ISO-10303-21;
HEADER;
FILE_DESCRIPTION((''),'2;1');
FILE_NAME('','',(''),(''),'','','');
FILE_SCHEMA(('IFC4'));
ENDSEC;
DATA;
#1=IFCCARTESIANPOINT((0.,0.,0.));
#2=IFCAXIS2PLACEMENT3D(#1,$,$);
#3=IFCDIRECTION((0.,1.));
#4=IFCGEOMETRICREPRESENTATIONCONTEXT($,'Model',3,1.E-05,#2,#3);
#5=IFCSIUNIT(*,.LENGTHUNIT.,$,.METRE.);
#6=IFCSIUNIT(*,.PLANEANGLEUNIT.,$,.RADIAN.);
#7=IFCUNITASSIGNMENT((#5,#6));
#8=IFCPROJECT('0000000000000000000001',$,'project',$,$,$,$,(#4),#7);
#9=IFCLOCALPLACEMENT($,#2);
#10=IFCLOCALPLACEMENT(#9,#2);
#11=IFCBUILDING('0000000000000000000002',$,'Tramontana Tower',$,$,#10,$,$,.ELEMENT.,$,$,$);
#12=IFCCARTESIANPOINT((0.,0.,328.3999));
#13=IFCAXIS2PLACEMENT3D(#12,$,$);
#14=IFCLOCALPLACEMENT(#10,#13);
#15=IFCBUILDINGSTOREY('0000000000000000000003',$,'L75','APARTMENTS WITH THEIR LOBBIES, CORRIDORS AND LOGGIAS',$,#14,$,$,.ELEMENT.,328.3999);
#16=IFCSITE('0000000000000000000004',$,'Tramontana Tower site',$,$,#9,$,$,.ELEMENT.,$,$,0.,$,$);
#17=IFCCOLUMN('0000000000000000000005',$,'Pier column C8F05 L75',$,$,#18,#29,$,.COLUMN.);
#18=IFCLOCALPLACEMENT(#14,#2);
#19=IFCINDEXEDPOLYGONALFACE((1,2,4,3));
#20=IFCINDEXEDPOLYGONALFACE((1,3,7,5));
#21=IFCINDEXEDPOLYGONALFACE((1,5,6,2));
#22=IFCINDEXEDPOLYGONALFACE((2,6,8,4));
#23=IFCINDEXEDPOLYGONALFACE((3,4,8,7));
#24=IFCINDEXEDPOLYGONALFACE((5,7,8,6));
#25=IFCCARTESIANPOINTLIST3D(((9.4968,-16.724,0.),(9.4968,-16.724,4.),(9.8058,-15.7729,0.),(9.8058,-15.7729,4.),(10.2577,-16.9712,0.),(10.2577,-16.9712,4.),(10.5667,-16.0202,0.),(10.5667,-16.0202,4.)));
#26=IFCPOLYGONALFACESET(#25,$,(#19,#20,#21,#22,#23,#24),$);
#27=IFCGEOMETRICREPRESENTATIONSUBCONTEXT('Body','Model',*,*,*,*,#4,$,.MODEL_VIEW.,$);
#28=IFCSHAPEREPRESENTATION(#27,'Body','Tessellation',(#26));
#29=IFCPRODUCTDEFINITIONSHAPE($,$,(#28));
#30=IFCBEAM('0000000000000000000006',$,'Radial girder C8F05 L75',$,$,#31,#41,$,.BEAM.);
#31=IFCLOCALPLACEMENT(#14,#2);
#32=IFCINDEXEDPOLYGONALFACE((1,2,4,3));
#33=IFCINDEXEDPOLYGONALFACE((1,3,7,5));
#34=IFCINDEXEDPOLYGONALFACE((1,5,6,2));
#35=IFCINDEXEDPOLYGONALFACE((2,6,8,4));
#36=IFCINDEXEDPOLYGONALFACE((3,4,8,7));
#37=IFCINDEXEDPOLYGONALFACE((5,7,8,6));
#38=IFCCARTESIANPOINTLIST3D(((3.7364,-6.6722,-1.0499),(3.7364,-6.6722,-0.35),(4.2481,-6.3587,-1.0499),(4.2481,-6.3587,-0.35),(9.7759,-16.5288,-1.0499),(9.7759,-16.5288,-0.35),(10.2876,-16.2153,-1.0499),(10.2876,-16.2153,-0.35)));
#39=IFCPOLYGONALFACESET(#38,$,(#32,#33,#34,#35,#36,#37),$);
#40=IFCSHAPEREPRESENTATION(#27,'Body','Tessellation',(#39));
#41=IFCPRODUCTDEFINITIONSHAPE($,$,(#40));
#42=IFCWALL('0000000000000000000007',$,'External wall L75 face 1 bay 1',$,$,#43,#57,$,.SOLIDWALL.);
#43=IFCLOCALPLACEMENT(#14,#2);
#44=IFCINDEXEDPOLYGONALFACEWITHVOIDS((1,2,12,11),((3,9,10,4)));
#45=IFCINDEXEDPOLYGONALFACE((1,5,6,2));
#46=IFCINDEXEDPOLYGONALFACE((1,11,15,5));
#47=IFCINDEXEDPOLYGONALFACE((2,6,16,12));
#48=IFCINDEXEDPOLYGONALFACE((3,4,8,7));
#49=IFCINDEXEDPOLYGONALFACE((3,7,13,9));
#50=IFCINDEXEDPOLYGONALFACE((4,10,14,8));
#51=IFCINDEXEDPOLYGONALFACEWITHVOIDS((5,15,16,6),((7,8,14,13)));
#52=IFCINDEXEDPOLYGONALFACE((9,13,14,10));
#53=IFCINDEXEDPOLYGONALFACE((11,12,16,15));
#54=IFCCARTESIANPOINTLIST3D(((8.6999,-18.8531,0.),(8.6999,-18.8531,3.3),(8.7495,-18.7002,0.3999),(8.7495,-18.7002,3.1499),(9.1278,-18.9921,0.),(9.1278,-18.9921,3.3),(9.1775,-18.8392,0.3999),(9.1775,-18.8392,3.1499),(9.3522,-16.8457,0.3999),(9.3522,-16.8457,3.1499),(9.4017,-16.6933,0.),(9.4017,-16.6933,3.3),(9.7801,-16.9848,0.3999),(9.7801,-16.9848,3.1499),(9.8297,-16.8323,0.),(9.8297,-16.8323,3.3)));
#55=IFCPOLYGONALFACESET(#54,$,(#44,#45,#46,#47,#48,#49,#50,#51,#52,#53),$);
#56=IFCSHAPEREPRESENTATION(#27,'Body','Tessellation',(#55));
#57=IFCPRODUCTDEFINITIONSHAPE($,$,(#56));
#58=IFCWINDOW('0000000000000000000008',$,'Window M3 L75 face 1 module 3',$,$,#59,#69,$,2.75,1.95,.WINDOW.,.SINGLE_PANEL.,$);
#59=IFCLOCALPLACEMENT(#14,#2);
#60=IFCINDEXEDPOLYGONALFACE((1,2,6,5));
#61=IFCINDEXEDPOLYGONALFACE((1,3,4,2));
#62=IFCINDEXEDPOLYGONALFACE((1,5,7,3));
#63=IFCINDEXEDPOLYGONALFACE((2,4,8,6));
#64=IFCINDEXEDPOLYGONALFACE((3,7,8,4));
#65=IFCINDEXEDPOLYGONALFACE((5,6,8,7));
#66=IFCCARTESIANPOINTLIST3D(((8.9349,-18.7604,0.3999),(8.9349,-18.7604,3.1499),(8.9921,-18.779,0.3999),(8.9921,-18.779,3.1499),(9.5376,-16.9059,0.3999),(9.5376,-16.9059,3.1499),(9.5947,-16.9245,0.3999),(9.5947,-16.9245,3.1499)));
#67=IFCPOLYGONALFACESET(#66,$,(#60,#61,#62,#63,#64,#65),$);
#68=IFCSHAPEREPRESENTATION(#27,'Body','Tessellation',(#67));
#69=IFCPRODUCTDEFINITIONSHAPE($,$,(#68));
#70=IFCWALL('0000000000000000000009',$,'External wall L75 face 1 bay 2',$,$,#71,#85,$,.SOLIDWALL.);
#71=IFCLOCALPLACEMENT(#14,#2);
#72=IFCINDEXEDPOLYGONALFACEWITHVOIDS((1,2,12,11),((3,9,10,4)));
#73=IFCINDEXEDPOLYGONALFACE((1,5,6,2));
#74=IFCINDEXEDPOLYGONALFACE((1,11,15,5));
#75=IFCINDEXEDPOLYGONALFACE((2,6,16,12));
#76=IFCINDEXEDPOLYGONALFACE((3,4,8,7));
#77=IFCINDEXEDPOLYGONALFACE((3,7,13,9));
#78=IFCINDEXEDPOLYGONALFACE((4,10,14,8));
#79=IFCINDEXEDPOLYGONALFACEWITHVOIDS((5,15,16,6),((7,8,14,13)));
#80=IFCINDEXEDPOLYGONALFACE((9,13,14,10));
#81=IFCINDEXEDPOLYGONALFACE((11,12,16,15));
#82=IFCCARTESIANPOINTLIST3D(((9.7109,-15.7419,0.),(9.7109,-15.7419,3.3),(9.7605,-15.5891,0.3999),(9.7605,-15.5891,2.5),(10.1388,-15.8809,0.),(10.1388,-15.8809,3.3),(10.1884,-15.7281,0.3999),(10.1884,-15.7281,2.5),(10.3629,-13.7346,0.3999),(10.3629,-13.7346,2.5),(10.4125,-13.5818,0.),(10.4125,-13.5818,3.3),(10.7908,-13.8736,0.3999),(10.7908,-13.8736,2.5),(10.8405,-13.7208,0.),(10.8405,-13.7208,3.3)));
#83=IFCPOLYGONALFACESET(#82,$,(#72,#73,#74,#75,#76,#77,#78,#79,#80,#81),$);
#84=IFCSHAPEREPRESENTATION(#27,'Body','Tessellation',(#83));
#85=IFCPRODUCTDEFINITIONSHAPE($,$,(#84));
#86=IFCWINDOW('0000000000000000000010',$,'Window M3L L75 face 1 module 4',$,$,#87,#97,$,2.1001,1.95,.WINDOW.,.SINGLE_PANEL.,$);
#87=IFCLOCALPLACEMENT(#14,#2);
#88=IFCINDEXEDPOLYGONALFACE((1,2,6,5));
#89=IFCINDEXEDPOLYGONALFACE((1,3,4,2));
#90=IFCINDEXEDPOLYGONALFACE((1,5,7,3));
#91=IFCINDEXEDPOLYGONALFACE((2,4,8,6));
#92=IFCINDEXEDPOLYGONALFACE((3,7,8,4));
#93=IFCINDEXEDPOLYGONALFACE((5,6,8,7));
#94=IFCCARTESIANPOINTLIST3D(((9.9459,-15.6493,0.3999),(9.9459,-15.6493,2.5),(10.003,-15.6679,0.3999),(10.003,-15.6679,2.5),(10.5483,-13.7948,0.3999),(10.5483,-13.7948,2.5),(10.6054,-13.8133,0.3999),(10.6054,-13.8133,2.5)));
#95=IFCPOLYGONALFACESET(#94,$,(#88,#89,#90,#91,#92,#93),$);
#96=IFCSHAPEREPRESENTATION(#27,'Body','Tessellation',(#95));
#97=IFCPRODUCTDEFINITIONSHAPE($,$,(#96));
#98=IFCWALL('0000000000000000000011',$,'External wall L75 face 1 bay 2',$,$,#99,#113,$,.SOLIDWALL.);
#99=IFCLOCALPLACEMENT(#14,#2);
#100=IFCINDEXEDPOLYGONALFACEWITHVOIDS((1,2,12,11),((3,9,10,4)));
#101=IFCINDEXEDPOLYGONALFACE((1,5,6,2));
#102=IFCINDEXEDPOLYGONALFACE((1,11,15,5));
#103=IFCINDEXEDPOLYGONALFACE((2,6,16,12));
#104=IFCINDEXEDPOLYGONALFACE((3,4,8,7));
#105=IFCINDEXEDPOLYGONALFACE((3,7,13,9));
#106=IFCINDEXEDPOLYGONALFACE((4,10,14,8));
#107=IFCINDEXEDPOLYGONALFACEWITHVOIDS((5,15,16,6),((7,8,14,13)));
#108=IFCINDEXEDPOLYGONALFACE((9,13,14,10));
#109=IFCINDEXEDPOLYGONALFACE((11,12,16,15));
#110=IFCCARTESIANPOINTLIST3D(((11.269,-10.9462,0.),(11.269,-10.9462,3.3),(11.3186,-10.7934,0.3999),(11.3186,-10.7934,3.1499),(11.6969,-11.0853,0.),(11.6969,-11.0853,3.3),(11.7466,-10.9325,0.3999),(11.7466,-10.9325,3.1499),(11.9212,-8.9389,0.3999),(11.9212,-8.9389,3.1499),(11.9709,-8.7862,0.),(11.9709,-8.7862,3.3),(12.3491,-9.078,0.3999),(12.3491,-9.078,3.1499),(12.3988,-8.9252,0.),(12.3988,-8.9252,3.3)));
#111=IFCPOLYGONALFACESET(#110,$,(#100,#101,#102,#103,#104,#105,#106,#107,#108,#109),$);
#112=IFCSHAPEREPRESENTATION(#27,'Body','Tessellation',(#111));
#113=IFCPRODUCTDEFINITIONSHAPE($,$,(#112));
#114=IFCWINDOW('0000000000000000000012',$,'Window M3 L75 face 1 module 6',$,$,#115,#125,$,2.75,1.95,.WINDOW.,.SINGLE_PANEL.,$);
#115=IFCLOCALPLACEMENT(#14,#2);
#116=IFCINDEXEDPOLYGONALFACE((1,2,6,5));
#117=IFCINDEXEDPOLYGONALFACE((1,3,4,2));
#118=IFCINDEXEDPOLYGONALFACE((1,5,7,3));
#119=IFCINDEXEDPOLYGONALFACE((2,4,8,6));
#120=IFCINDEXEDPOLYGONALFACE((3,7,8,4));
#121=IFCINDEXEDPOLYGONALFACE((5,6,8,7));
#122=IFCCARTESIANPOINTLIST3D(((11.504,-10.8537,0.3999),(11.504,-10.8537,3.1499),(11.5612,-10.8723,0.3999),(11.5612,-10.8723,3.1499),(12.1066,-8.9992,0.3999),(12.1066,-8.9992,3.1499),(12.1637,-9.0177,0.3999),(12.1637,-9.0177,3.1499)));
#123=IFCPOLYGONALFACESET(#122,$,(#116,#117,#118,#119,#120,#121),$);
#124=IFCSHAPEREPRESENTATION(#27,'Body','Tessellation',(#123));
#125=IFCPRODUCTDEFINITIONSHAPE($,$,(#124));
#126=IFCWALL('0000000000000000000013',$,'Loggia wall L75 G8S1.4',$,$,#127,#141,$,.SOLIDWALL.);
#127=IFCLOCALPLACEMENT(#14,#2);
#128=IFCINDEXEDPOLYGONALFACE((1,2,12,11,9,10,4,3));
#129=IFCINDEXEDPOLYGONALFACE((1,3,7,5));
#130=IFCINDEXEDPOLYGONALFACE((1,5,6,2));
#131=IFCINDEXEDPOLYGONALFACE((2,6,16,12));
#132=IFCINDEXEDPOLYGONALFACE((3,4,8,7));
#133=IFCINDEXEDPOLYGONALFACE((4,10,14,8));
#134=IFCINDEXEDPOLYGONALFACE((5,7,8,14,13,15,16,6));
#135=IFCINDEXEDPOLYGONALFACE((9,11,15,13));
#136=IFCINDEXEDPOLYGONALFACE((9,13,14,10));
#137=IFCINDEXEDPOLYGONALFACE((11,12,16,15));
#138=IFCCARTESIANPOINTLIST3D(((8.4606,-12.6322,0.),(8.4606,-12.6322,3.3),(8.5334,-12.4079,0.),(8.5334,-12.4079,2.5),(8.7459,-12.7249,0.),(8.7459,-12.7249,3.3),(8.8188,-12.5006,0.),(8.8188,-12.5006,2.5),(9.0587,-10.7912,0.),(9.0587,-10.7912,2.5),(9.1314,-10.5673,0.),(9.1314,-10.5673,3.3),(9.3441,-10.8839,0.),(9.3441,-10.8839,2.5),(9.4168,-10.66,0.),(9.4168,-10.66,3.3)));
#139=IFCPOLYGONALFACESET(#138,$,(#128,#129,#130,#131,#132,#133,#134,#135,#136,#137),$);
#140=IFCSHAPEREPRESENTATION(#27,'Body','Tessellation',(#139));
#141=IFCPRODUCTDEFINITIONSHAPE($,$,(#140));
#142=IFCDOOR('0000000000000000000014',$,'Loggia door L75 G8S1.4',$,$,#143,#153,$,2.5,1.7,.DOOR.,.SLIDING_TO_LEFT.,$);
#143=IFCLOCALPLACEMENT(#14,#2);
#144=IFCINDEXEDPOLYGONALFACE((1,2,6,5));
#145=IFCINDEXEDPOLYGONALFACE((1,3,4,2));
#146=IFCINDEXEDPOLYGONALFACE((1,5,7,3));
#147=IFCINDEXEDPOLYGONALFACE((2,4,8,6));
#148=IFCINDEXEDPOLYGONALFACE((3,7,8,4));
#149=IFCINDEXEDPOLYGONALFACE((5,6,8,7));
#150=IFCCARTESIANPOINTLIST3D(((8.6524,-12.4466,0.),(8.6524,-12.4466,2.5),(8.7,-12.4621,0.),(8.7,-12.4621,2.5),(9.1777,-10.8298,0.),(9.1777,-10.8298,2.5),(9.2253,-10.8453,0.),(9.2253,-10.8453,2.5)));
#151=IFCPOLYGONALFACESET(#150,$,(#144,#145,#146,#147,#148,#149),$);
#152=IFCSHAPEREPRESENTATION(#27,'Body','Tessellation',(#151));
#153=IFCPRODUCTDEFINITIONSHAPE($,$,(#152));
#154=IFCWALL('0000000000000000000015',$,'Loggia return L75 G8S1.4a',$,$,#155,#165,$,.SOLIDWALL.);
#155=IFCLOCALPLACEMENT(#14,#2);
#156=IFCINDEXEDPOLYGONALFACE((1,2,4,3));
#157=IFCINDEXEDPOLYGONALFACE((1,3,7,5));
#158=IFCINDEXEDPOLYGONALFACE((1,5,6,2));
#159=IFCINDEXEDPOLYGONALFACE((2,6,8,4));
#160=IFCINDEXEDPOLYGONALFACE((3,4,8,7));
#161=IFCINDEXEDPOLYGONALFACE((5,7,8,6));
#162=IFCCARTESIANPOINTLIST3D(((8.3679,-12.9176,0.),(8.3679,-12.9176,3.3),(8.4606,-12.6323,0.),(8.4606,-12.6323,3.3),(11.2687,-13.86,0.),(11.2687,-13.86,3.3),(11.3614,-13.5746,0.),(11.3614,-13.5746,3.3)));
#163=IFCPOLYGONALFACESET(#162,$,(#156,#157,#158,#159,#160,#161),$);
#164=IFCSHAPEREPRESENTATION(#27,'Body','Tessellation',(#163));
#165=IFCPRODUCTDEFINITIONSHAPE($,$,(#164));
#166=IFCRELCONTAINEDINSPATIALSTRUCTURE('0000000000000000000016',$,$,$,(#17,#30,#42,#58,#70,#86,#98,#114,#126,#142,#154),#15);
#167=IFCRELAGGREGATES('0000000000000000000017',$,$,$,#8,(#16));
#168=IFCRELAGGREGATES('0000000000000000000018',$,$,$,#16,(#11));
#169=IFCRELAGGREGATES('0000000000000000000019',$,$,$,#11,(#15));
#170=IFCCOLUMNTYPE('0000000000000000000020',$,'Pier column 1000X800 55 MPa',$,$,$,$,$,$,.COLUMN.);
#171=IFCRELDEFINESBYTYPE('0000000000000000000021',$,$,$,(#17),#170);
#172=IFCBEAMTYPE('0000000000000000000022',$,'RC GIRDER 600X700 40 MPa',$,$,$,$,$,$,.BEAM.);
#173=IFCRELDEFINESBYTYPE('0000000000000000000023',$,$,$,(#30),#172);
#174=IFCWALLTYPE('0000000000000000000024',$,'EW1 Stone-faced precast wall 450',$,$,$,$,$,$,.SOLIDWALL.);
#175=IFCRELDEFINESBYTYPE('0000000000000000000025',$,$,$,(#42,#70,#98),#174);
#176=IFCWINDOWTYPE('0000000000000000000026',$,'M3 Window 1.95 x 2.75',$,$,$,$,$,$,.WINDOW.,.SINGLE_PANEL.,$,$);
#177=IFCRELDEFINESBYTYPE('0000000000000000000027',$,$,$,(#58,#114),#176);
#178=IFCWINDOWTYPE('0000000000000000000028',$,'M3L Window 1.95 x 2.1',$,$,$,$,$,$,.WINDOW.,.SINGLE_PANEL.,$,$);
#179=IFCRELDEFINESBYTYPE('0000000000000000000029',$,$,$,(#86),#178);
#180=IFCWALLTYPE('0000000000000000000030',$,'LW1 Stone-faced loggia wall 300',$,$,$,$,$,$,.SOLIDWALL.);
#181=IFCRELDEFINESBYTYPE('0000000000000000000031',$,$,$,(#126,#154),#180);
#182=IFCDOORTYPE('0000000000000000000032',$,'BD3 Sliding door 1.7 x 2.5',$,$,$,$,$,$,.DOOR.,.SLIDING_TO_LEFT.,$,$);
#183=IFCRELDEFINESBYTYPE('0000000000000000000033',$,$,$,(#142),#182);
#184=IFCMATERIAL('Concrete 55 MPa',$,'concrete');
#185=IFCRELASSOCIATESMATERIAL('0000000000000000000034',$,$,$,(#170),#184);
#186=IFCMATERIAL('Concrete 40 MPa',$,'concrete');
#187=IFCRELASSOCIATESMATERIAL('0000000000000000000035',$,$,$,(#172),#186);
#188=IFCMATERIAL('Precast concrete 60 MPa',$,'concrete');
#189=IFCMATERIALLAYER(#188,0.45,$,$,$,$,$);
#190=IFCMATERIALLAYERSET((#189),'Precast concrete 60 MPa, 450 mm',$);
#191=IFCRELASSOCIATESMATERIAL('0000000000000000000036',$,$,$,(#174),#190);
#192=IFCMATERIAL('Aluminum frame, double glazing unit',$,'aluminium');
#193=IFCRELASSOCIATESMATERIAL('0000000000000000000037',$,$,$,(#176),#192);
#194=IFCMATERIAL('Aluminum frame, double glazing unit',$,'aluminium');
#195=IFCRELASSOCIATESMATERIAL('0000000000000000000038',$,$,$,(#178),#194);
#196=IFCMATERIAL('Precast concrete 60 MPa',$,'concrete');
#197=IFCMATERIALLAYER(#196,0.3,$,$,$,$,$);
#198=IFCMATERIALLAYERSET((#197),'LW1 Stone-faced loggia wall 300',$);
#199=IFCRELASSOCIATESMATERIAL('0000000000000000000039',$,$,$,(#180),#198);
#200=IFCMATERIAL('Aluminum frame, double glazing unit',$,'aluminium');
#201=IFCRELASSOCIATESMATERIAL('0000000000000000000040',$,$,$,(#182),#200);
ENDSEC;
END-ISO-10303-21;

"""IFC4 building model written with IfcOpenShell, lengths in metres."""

from ifc_helpers import new_model, si_unit, direction, frame, frame_2d, origin, origin_2d, place, context, subcontext, project, spatial, rectangle, extrude, material, layer, layer_set, material_profile, profile_set, type_object, element, fill, save


model = new_model("IFC4")

# Units and contexts
model_context = context("Model", 3, precision=1e-05, world=origin(), true_north=direction((0.0, 1.0)))
body_context = subcontext(model_context, "Body", "Model", "MODEL_VIEW")
ifc_project = project(units=[si_unit("LENGTHUNIT", "METRE"), si_unit("PLANEANGLEUNIT", "RADIAN")], contexts=[model_context])

# Site, building, storey
site_placement = place(None, origin())
site = spatial("IfcSite", under=ifc_project, at=site_placement, Name="Tramontana Tower site", CompositionType="ELEMENT", RefElevation=0.0)
building_placement = place(site_placement, origin())
building = spatial("IfcBuilding", under=site, at=building_placement, Name="Tramontana Tower", CompositionType="ELEMENT")
storey_placement = place(building_placement, frame((0.0, 0.0, 328.3999)))
storey = spatial("IfcBuildingStorey", under=building, at=storey_placement, Name="L75", Description="APARTMENTS WITH THEIR LOBBIES, CORRIDORS AND LOGGIAS", CompositionType="ELEMENT", Elevation=328.3999)

# Column
ifc_material_1 = material(Name="Concrete 55 MPa", Category="concrete")
ifc_material_profile_1 = material_profile(ifc_material_1, rectangle(XDim=1.0, YDim=0.8, at=origin_2d()), Name="Pier column 1000X800 55 MPa")
ifc_profile_set_1 = profile_set([ifc_material_profile_1], Name="Concrete 55 MPa")
column_type = type_object("IfcColumnType", Name="Pier column 1000X800 55 MPa", PredefinedType="COLUMN", material=ifc_profile_set_1)
column_placement = place(storey_placement, frame((10.0317, -16.3721, 0.0), z_axis=(0.0, 0.0, 1.0), x_axis=(0.309017, 0.951057, 0.0)))
element("IfcColumn", 1, at=column_placement, inside=storey, type_object=column_type, Name="Pier column C8F05 L75", PredefinedType="COLUMN", context=body_context, shape_type="SweptSolid", body=[
    extrude(rectangle(XDim=1.0, YDim=0.8, at=origin_2d()), origin(), (0.0, 0.0, 1.0), 4.0),
])

# Beam
ifc_material_2 = material(Name="Concrete 40 MPa", Category="concrete")
ifc_material_profile_2 = material_profile(ifc_material_2, rectangle(XDim=0.6001, YDim=0.7, at=origin_2d()), Name="RC GIRDER 600X700 40 MPa")
ifc_profile_set_2 = profile_set([ifc_material_profile_2], Name="Concrete 40 MPa")
beam_type = type_object("IfcBeamType", Name="RC GIRDER 600X700 40 MPa", PredefinedType="BEAM", material=ifc_profile_set_2)
beam_placement = place(storey_placement, frame((10.0317, -16.3721, -0.7), z_axis=(-0.522459, 0.852665, 0.0), x_axis=(-0.852665, -0.522459, 0.0)))
element("IfcBeam", 2, at=beam_placement, inside=storey, type_object=beam_type, Name="Radial girder C8F05 L75", PredefinedType="BEAM", context=body_context, shape_type="SweptSolid", body=[
    extrude(rectangle(XDim=0.6001, YDim=0.7, at=origin_2d()), origin(), (0.0, 0.0, 1.0), 11.5598),
])

# Walls, openings, windows
ifc_material_3 = material(Name="Precast concrete 60 MPa", Category="concrete")
ifc_layer_1 = layer(ifc_material_3, 0.45)
ifc_layer_set_1 = layer_set([ifc_layer_1], Name="Precast concrete 60 MPa, 450 mm")
wall_type_1 = type_object("IfcWallType", Name="EW1 Stone-faced precast wall 450", PredefinedType="SOLIDWALL", material=ifc_layer_set_1)
wall_1_placement = place(storey_placement, frame((8.9138, -18.9226, 0.0), z_axis=(0.0, 0.0, 1.0), x_axis=(0.309059, 0.951043, 0.0)))
wall_1 = element("IfcWall", 3, at=wall_1_placement, inside=storey, type_object=wall_type_1, Name="External wall L75 face 1 bay 1", PredefinedType="SOLIDWALL", context=body_context, shape_type="SweptSolid", body=[
    extrude(rectangle(XDim=2.271, YDim=0.45, at=frame_2d((1.1355, 0.0))), origin(), (0.0, 0.0, 1.0), 3.3),
])
opening_1_placement = place(wall_1_placement, frame((0.1606, 0.0, 0.3999)))
opening_1 = element("IfcOpeningElement", 4, at=opening_1_placement, cuts=wall_1, PredefinedType="OPENING", context=body_context, shape_type="SweptSolid", body=[
    extrude(rectangle(XDim=1.95, YDim=2.75, at=frame_2d((0.9751, 1.375))), frame((0.0, 0.2349, 0.0), z_axis=(0.0, -1.0, 0.0), x_axis=(1.0, 0.0, 0.0)), (0.0, 0.0, 1.0), 0.47),
])
ifc_material_4 = material(Name="Aluminum frame, double glazing unit", Category="aluminium")
window_type_1 = type_object("IfcWindowType", Name="M3 Window 1.95 x 2.75", PartitioningType="SINGLE_PANEL", PredefinedType="WINDOW", material=ifc_material_4)
window_1_placement = place(opening_1_placement, origin())
window_1 = element("IfcWindow", 5, at=window_1_placement, inside=storey, type_object=window_type_1, Name="Window M3 L75 face 1 module 3", OverallHeight=2.75, OverallWidth=1.95, PartitioningType="SINGLE_PANEL", PredefinedType="WINDOW", context=body_context, shape_type="SweptSolid", body=[
    extrude(rectangle(XDim=1.95, YDim=2.75, at=frame_2d((0.9751, 1.375))), frame((0.0, 0.03, 0.0), z_axis=(0.0, -1.0, 0.0), x_axis=(1.0, 0.0, 0.0)), (0.0, 0.0, 1.0), 0.0601),
])
fill(opening_1, window_1)
wall_2_placement = place(storey_placement, frame((9.9248, -15.8115, 0.0), z_axis=(0.0, 0.0, 1.0), x_axis=(0.308931, 0.951085, 0.0)))
wall_2 = element("IfcWall", 6, at=wall_2_placement, inside=storey, type_object=wall_type_1, Name="External wall L75 face 1 bay 2", PredefinedType="SOLIDWALL", context=body_context, shape_type="SweptSolid", body=[
    extrude(rectangle(XDim=2.2712, YDim=0.45, at=frame_2d((1.1357, 0.0))), origin(), (0.0, 0.0, 1.0), 3.3),
])
opening_2_placement = place(wall_2_placement, frame((0.1606, 0.0, 0.3999)))
opening_2 = element("IfcOpeningElement", 7, at=opening_2_placement, cuts=wall_2, PredefinedType="OPENING", context=body_context, shape_type="SweptSolid", body=[
    extrude(rectangle(XDim=1.95, YDim=2.1001, at=frame_2d((0.9751, 1.05))), frame((0.0, 0.2349, 0.0), z_axis=(0.0, -1.0, 0.0), x_axis=(1.0, 0.0, 0.0)), (0.0, 0.0, 1.0), 0.47),
])
ifc_material_5 = material(Name="Aluminum frame, double glazing unit", Category="aluminium")
window_type_2 = type_object("IfcWindowType", Name="M3L Window 1.95 x 2.1", PartitioningType="SINGLE_PANEL", PredefinedType="WINDOW", material=ifc_material_5)
window_2_placement = place(opening_2_placement, origin())
window_2 = element("IfcWindow", 8, at=window_2_placement, inside=storey, type_object=window_type_2, Name="Window M3L L75 face 1 module 4", OverallHeight=2.1001, OverallWidth=1.95, PartitioningType="SINGLE_PANEL", PredefinedType="WINDOW", context=body_context, shape_type="SweptSolid", body=[
    extrude(rectangle(XDim=1.95, YDim=2.1001, at=frame_2d((0.9751, 1.05))), frame((0.0, 0.03, 0.0), z_axis=(0.0, -1.0, 0.0), x_axis=(1.0, 0.0, 0.0)), (0.0, 0.0, 1.0), 0.0601),
])
fill(opening_2, window_2)
wall_3_placement = place(storey_placement, frame((11.4829, -11.0159, 0.0), z_axis=(0.0, 0.0, 1.0), x_axis=(0.309028, 0.951053, 0.0)))
wall_3 = element("IfcWall", 9, at=wall_3_placement, inside=storey, type_object=wall_type_1, Name="External wall L75 face 1 bay 2", PredefinedType="SOLIDWALL", context=body_context, shape_type="SweptSolid", body=[
    extrude(rectangle(XDim=2.2712, YDim=0.45, at=frame_2d((1.1357, 0.0))), origin(), (0.0, 0.0, 1.0), 3.3),
])
opening_3_placement = place(wall_3_placement, frame((0.1606, 0.0, 0.3999)))
opening_3 = element("IfcOpeningElement", 10, at=opening_3_placement, cuts=wall_3, PredefinedType="OPENING", context=body_context, shape_type="SweptSolid", body=[
    extrude(rectangle(XDim=1.95, YDim=2.75, at=frame_2d((0.9751, 1.375))), frame((0.0, 0.2349, 0.0), z_axis=(0.0, -1.0, 0.0), x_axis=(1.0, 0.0, 0.0)), (0.0, 0.0, 1.0), 0.47),
])
window_3_placement = place(opening_3_placement, origin())
window_3 = element("IfcWindow", 11, at=window_3_placement, inside=storey, type_object=window_type_1, Name="Window M3 L75 face 1 module 6", OverallHeight=2.75, OverallWidth=1.95, PartitioningType="SINGLE_PANEL", PredefinedType="WINDOW", context=body_context, shape_type="SweptSolid", body=[
    extrude(rectangle(XDim=1.95, YDim=2.75, at=frame_2d((0.9751, 1.375))), frame((0.0, 0.03, 0.0), z_axis=(0.0, -1.0, 0.0), x_axis=(1.0, 0.0, 0.0)), (0.0, 0.0, 1.0), 0.0601),
])
fill(opening_3, window_3)

# Wall, opening, door
ifc_material_6 = material(Name="Precast concrete 60 MPa", Category="concrete")
ifc_layer_2 = layer(ifc_material_6, 0.3)
ifc_layer_set_2 = layer_set([ifc_layer_2], Name="LW1 Stone-faced loggia wall 300")
wall_type_2 = type_object("IfcWallType", Name="LW1 Stone-faced loggia wall 300", PredefinedType="SOLIDWALL", material=ifc_layer_set_2)
wall_4_placement = place(storey_placement, frame((8.6033, -12.6785, 0.0), z_axis=(0.0, 0.0, 1.0), x_axis=(0.309, 0.951062, 0.0)))
wall_4 = element("IfcWall", 12, at=wall_4_placement, inside=storey, type_object=wall_type_2, Name="Loggia wall L75 G8S1.4", PredefinedType="SOLIDWALL", context=body_context, shape_type="SweptSolid", body=[
    extrude(rectangle(XDim=2.1711, YDim=0.3, at=frame_2d((1.0854, 0.0))), origin(), (0.0, 0.0, 1.0), 3.3),
])
opening_4_placement = place(wall_4_placement, frame((0.2356, 0.0, 0.0)))
opening_4 = element("IfcOpeningElement", 13, at=opening_4_placement, cuts=wall_4, PredefinedType="OPENING", context=body_context, shape_type="SweptSolid", body=[
    extrude(rectangle(XDim=1.7, YDim=2.5, at=frame_2d((0.8501, 1.25))), frame((0.0, 0.1599, 0.0), z_axis=(0.0, -1.0, 0.0), x_axis=(1.0, 0.0, 0.0)), (0.0, 0.0, 1.0), 0.3201),
])
ifc_material_7 = material(Name="Aluminum frame, double glazing unit", Category="aluminium")
door_type_1 = type_object("IfcDoorType", Name="BD3 Sliding door 1.7 x 2.5", OperationType="SLIDING_TO_LEFT", PredefinedType="DOOR", material=ifc_material_7)
door_1_placement = place(opening_4_placement, origin())
door_1 = element("IfcDoor", 14, at=door_1_placement, inside=storey, type_object=door_type_1, Name="Loggia door L75 G8S1.4", OperationType="SLIDING_TO_LEFT", OverallHeight=2.5, OverallWidth=1.7, PredefinedType="DOOR", context=body_context, shape_type="SweptSolid", body=[
    extrude(rectangle(XDim=1.7, YDim=2.5, at=frame_2d((0.8501, 1.25))), frame((0.0, 0.0249, 0.0), z_axis=(0.0, -1.0, 0.0), x_axis=(1.0, 0.0, 0.0)), (0.0, 0.0, 1.0), 0.05),
])
fill(opening_4, door_1)

# Wall
for number, where, z_axis, x_axis, name in (
    (15, (11.3149, -13.7173, 0.0), (0.0, 0.0, 1.0), (-0.951073, 0.308967, 0.0), "Loggia return L75 G8S1.4a"),
):
    element("IfcWall", number, at=place(storey_placement, frame(where, z_axis=z_axis, x_axis=x_axis)), inside=storey, type_object=wall_type_2, Name=name, PredefinedType="SOLIDWALL", context=body_context, shape_type="SweptSolid", body=[
        extrude(rectangle(XDim=3.05, YDim=0.3, at=frame_2d((1.5249, 0.0))), origin(), (0.0, 0.0, 1.0), 3.3),
    ])

save(model, "model.ifc")
